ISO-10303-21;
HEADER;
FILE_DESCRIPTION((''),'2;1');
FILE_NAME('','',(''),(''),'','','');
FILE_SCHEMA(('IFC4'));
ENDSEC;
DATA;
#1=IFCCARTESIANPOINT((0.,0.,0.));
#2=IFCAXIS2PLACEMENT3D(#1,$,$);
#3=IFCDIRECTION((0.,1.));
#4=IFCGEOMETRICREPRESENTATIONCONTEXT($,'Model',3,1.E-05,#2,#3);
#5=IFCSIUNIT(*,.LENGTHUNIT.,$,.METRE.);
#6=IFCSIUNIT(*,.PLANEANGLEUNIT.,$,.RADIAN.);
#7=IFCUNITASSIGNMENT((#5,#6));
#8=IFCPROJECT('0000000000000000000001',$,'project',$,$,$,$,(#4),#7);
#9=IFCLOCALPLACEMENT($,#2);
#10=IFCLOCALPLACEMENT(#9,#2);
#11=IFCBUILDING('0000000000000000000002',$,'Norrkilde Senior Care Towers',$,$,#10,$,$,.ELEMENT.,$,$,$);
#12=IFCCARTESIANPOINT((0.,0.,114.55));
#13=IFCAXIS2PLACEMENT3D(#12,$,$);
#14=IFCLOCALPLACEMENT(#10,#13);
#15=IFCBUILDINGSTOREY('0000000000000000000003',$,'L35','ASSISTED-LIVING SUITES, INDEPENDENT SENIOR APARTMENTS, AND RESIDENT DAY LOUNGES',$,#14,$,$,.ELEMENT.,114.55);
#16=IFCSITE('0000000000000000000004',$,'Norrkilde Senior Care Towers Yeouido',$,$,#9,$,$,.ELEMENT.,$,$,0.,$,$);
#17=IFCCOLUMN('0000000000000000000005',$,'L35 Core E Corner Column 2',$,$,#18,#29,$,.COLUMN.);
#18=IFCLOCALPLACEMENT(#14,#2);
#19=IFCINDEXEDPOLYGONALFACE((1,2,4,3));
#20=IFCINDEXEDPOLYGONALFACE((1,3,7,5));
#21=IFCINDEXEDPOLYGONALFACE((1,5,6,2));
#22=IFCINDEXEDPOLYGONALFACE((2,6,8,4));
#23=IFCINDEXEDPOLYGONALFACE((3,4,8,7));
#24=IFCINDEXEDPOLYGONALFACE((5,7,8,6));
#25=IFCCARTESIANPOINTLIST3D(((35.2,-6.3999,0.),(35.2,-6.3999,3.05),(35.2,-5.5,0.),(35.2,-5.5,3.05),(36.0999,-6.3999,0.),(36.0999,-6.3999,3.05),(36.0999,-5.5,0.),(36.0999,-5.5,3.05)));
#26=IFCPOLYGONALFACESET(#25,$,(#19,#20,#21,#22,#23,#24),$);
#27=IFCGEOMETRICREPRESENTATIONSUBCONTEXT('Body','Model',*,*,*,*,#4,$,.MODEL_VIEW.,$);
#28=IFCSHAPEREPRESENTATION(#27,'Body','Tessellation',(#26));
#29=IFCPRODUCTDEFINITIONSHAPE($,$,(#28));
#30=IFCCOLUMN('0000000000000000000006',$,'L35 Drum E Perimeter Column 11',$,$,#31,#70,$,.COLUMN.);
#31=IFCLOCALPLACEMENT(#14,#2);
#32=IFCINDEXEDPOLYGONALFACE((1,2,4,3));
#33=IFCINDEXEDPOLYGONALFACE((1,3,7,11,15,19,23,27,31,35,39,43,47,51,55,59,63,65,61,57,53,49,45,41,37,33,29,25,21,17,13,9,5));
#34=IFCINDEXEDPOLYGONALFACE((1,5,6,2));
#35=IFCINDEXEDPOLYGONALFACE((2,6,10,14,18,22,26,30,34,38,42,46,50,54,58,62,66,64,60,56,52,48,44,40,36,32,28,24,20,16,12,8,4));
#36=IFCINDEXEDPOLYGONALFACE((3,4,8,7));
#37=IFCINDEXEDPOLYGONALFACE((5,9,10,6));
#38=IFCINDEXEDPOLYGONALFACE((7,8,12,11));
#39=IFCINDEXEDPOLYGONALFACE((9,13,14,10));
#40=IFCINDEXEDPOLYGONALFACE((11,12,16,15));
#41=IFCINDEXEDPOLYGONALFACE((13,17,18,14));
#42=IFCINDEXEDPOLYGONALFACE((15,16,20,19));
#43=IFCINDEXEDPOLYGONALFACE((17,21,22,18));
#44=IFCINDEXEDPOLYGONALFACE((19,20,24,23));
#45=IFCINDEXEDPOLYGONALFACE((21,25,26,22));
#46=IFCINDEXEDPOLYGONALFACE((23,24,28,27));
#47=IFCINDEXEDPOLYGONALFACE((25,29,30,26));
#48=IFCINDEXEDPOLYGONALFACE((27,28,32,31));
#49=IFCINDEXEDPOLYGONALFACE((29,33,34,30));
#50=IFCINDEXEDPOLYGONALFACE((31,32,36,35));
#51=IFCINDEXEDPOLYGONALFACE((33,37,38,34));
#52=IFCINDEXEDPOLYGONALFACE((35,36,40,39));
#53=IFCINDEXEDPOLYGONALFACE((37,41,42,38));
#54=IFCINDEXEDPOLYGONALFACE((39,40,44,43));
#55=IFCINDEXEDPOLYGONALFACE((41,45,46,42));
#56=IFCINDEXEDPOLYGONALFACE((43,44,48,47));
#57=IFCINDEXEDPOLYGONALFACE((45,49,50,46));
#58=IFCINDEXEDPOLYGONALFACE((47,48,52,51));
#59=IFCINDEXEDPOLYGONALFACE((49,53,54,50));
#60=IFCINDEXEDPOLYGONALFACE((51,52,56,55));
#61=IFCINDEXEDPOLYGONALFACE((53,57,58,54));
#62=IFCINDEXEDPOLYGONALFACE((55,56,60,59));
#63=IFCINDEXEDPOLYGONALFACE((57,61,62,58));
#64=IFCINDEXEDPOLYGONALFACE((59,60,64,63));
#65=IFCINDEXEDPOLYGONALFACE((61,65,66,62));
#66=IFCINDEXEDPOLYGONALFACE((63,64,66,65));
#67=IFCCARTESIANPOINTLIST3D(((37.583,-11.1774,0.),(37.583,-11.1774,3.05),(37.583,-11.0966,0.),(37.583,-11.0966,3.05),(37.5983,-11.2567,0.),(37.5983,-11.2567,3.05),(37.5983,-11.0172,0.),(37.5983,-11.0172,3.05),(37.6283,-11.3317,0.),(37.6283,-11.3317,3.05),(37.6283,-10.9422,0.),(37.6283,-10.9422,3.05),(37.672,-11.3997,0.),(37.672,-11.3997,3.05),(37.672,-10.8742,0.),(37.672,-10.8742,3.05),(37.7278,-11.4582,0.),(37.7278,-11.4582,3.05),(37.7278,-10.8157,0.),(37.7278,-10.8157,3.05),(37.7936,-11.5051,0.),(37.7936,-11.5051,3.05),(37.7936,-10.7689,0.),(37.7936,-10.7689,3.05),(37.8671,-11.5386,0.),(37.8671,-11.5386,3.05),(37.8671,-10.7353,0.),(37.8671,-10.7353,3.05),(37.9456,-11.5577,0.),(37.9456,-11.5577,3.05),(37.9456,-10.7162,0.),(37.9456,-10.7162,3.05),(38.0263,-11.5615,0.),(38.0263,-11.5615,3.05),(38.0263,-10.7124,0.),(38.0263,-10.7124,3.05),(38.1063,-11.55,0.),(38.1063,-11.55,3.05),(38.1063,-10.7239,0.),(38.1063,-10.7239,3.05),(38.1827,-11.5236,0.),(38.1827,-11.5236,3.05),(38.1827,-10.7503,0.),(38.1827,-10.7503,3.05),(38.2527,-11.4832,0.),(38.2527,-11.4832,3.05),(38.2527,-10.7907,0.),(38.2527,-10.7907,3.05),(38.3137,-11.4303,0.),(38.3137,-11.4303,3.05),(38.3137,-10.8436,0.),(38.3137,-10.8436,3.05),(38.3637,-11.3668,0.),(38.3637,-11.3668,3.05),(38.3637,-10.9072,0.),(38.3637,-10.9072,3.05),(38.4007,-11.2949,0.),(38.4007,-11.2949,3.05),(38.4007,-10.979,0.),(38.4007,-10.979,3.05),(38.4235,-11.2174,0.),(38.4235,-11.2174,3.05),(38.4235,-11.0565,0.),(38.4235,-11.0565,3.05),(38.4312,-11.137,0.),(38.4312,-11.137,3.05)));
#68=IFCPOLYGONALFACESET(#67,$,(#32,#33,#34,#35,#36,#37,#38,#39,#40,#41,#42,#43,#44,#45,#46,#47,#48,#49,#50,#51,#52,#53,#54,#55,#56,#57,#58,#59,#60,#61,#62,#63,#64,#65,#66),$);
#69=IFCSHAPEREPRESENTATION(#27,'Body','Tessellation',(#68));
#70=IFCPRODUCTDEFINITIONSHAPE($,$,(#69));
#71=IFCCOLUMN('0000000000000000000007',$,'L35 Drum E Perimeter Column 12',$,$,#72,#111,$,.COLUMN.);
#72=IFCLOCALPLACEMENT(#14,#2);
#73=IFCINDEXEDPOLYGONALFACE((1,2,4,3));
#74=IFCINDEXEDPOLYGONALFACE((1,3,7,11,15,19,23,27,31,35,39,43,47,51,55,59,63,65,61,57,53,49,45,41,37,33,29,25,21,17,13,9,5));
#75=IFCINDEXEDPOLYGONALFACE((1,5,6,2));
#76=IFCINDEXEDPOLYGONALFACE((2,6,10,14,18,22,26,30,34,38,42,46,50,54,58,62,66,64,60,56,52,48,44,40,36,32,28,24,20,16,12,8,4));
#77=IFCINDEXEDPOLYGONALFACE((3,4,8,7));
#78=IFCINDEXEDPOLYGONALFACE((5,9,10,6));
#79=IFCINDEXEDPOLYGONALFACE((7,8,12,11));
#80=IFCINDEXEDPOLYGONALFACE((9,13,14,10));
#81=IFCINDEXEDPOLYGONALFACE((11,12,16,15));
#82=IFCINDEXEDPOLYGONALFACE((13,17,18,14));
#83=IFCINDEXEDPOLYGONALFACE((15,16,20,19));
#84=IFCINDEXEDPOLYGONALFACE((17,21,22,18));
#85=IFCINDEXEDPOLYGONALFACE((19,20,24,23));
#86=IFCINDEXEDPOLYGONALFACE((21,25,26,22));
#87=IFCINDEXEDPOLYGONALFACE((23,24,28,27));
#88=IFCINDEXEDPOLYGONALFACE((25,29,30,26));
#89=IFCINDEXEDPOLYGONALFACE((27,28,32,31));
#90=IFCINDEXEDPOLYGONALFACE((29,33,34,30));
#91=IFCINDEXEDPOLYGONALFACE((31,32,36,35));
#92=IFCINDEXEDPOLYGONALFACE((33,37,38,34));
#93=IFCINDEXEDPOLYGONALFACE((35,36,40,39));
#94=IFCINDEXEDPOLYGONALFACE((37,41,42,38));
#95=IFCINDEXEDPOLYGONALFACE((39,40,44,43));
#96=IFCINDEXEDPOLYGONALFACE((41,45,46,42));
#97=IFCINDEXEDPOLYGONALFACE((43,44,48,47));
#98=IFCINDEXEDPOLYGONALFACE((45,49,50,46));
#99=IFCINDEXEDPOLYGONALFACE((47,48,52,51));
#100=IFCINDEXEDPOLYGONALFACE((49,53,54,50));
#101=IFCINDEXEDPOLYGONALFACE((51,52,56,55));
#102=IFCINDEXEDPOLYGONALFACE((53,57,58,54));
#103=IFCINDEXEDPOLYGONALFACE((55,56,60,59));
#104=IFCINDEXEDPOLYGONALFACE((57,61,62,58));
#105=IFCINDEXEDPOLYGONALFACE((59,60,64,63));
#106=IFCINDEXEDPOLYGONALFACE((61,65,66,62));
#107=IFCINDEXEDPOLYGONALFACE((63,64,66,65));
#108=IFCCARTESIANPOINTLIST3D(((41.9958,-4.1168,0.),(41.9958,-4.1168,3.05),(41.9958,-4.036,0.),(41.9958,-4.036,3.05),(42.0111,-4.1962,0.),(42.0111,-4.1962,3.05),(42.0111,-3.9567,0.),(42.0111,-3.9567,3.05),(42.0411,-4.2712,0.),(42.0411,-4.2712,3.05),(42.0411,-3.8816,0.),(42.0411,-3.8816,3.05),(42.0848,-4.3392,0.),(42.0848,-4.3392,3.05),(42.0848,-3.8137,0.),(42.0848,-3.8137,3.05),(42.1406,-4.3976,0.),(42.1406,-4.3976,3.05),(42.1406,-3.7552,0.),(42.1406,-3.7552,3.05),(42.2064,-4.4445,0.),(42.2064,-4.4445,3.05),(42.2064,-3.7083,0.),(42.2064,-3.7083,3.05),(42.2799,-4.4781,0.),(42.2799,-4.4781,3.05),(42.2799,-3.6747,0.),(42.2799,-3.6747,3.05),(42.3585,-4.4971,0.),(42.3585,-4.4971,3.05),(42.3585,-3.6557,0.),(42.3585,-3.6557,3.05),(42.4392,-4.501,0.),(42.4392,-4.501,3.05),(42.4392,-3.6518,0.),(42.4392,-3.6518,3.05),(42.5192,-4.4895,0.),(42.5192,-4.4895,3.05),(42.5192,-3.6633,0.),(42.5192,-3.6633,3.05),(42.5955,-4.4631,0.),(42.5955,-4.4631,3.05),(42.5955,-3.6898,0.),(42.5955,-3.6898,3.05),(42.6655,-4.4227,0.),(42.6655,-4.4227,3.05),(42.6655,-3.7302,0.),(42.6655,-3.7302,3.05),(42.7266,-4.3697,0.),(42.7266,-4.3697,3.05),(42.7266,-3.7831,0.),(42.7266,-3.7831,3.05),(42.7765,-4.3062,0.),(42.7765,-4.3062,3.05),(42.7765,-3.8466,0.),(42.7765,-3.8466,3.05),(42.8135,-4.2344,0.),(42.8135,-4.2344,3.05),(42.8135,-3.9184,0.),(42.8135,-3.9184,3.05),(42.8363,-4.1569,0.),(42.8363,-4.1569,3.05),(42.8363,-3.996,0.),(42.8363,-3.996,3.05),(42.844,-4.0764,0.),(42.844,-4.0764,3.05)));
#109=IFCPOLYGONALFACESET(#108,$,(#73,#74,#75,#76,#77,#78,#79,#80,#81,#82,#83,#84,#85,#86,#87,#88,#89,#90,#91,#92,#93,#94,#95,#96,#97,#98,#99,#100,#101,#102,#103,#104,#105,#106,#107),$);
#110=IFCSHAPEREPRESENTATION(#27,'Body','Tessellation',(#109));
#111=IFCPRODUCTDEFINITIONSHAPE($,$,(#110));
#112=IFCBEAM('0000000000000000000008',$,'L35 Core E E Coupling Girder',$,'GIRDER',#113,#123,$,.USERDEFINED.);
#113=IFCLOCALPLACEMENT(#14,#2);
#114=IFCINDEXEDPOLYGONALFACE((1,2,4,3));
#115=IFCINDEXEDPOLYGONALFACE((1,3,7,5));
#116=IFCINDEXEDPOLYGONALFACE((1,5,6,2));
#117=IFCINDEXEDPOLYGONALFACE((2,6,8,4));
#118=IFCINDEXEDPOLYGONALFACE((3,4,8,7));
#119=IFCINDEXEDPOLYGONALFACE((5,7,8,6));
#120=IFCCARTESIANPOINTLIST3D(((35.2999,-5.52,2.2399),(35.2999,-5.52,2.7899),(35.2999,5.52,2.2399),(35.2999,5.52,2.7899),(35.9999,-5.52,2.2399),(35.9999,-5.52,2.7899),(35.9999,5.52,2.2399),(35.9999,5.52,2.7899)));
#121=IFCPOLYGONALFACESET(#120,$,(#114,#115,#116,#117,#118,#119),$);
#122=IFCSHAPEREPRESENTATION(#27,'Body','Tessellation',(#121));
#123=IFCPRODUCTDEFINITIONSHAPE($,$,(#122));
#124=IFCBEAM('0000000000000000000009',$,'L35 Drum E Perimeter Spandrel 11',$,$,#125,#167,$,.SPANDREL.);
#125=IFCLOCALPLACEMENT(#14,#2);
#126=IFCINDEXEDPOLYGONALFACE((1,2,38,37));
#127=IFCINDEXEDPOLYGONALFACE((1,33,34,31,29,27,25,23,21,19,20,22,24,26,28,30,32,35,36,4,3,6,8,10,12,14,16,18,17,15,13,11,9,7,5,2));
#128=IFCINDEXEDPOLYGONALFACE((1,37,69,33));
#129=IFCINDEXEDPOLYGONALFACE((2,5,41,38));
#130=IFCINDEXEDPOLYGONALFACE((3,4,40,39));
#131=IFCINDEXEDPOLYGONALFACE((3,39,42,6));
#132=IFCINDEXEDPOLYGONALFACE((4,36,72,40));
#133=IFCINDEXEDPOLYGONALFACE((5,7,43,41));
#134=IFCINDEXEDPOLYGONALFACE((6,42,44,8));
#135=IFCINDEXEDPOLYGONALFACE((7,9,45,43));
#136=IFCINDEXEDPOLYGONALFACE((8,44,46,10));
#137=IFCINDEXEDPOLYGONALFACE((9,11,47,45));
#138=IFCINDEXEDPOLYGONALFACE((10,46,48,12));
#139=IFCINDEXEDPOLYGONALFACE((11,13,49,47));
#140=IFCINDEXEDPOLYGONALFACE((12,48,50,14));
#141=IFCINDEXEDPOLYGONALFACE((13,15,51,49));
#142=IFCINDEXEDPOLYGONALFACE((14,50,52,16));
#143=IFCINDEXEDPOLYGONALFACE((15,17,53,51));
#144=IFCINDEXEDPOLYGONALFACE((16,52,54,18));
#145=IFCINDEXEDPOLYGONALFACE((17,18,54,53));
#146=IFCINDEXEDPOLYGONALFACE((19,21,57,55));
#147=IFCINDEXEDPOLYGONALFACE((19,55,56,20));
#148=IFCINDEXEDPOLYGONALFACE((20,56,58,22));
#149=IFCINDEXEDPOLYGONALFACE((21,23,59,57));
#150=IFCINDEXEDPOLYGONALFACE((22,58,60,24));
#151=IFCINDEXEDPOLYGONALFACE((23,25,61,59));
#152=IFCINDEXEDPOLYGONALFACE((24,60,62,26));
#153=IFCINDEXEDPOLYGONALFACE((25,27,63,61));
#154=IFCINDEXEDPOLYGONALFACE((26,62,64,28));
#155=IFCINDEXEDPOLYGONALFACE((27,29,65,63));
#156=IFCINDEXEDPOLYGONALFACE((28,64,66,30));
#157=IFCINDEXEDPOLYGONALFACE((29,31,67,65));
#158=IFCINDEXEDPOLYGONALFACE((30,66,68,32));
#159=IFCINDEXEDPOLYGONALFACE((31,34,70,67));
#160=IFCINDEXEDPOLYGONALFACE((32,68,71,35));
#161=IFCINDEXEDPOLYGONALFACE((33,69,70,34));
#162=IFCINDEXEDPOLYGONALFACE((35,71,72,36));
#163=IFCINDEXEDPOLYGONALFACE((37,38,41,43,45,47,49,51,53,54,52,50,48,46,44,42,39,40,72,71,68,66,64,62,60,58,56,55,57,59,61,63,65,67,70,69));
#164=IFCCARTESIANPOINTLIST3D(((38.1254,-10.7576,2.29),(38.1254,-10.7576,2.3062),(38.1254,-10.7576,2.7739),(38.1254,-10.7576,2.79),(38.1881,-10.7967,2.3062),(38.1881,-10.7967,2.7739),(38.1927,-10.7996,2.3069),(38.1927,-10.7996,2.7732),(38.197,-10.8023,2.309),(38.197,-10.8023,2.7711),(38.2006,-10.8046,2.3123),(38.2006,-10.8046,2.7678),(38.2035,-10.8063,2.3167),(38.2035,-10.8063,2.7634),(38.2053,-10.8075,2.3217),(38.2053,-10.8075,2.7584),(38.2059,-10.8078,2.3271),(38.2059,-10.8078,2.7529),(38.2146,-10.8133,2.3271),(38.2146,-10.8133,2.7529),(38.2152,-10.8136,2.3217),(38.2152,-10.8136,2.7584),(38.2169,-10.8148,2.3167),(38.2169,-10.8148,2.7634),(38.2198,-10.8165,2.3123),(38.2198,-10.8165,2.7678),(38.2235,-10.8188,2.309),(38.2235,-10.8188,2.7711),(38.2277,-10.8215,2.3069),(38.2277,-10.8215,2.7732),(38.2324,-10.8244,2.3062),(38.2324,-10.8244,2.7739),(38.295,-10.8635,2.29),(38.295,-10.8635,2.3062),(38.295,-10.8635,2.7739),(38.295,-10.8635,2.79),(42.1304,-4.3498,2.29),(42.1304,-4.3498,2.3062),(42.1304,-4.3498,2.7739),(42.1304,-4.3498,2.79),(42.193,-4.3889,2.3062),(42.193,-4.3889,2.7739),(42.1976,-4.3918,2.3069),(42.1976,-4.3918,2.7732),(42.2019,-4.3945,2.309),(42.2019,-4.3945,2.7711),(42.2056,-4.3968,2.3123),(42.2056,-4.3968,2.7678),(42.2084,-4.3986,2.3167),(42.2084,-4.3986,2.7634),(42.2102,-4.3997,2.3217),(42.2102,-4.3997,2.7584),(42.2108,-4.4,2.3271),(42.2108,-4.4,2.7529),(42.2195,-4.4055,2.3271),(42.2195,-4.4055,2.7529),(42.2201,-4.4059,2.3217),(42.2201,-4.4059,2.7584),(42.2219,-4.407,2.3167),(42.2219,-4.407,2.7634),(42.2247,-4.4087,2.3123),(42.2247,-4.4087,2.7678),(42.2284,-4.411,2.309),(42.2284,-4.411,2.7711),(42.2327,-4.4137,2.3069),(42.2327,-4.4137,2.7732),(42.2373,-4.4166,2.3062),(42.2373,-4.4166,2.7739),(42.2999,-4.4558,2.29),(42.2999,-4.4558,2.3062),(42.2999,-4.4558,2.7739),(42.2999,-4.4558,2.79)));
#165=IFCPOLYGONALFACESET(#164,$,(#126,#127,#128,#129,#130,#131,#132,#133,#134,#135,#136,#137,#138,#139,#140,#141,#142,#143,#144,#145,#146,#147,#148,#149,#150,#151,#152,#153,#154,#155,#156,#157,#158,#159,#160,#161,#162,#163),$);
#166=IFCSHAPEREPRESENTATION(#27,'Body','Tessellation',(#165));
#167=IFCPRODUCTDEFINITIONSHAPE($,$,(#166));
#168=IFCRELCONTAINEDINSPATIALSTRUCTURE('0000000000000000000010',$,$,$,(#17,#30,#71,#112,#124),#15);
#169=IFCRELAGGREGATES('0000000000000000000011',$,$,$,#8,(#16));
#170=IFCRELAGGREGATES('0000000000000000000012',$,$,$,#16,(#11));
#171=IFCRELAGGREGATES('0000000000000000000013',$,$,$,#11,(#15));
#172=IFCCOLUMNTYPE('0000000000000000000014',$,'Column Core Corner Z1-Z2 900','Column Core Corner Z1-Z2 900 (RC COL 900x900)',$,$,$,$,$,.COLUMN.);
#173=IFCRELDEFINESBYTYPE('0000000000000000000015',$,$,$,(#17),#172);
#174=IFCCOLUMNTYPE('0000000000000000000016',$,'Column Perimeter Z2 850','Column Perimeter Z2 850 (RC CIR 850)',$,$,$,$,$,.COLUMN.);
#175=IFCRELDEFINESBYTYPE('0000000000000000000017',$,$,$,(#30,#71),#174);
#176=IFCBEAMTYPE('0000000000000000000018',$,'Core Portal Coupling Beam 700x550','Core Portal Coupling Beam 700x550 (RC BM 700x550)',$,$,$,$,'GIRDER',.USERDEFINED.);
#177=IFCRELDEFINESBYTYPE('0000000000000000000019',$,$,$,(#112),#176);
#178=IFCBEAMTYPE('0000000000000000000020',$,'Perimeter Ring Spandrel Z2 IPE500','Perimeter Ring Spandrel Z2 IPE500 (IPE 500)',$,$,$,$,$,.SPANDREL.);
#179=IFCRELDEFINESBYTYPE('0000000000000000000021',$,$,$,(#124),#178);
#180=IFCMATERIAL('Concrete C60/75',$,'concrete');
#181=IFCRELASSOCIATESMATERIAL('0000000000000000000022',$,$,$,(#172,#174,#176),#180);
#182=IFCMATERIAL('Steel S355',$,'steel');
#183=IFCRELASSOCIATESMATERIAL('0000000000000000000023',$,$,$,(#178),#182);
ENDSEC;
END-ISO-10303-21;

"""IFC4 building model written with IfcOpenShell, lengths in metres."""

from ifc_helpers import new_model, si_unit, direction, frame, origin, origin_2d, place, context, subcontext, project, spatial, rectangle, circle, i_section, extrude, source, transform, mapped, material, material_profile, profile_set, type_object, type_shapes, element, save


model = new_model("IFC4")

# Units and contexts
model_context = context("Model", 3, precision=1e-05, world=origin(), true_north=direction((0.0, 1.0)))
body_context = subcontext(model_context, "Body", "Model", "MODEL_VIEW")
ifc_project = project(units=[si_unit("LENGTHUNIT", "METRE"), si_unit("PLANEANGLEUNIT", "RADIAN")], contexts=[model_context])

# Site, building, storey
site_placement = place(None, origin())
site = spatial("IfcSite", under=ifc_project, at=site_placement, Name="Norrkilde Senior Care Towers Yeouido", CompositionType="ELEMENT", RefElevation=0.0)
building_placement = place(site_placement, origin())
building = spatial("IfcBuilding", under=site, at=building_placement, Name="Norrkilde Senior Care Towers", CompositionType="ELEMENT")
storey_placement = place(building_placement, frame((0.0, 0.0, 114.55)))
storey = spatial("IfcBuildingStorey", under=building, at=storey_placement, Name="L35", Description="ASSISTED-LIVING SUITES, INDEPENDENT SENIOR APARTMENTS, AND RESIDENT DAY LOUNGES", CompositionType="ELEMENT", Elevation=114.55)

# Columns
ifc_material_1 = material(Name="Concrete C60/75", Category="concrete")
ifc_material_profile_1 = material_profile(ifc_material_1, rectangle(XDim=0.8999, YDim=0.8999, at=origin_2d()), Name="RC COL 900x900")
ifc_profile_set_1 = profile_set([ifc_material_profile_1], Name="Concrete C60/75")
column_type_1 = type_object("IfcColumnType", Name="Column Core Corner Z1-Z2 900", Description="Column Core Corner Z1-Z2 900 (RC COL 900x900)", PredefinedType="COLUMN", material=ifc_profile_set_1)
shared_shape_1 = source(origin(), body_context, "Body", "SweptSolid", [
    extrude(rectangle(XDim=0.8999, YDim=0.8999, at=origin_2d()), origin(), (0.0, 0.0, 1.0), 3.05),
])
type_shapes(column_type_1, [shared_shape_1])
column_placement = place(storey_placement, frame((35.6499, -5.95, 0.0), z_axis=(0.0, 0.0, 1.0), x_axis=(1.0, 0.0, 0.0)))
element("IfcColumn", 1, at=column_placement, inside=storey, type_object=column_type_1, Name="L35 Core E Corner Column 2", PredefinedType="COLUMN", context=body_context, shape_type="MappedRepresentation", body=[
    mapped(shared_shape_1, transform((0.0, 0.0, 0.0), x_axis=(1.0, 0.0, 0.0), y_axis=(0.0, 1.0, 0.0), z_axis=(0.0, 0.0, 1.0), scale=1.0)),
])
ifc_material_profile_2 = material_profile(ifc_material_1, circle(Radius=0.425, at=origin_2d()), Name="RC CIR 850")
ifc_profile_set_2 = profile_set([ifc_material_profile_2], Name="Concrete C60/75")
column_type_2 = type_object("IfcColumnType", Name="Column Perimeter Z2 850", Description="Column Perimeter Z2 850 (RC CIR 850)", PredefinedType="COLUMN", material=ifc_profile_set_2)
shared_shape_2 = source(origin(), body_context, "Body", "SweptSolid", [
    extrude(circle(Radius=0.425, at=origin_2d()), origin(), (0.0, 0.0, 1.0), 3.05),
])
type_shapes(column_type_2, [shared_shape_2])
for number, where, z_axis, x_axis, name in (
    (2, (38.0061, -11.137, 0.0), (0.0, 0.0, 1.0), (1.0, 0.0, 0.0), "L35 Drum E Perimeter Column 11"),
    (3, (42.4189, -4.0764, 0.0), (0.0, 0.0, 1.0), (1.0, 0.0, 0.0), "L35 Drum E Perimeter Column 12"),
):
    element("IfcColumn", number, at=place(storey_placement, frame(where, z_axis=z_axis, x_axis=x_axis)), inside=storey, type_object=column_type_2, Name=name, PredefinedType="COLUMN", context=body_context, shape_type="MappedRepresentation", body=[
        mapped(shared_shape_2, transform((0.0, 0.0, 0.0), x_axis=(1.0, 0.0, 0.0), y_axis=(0.0, 1.0, 0.0), z_axis=(0.0, 0.0, 1.0), scale=1.0)),
    ])

# Beams
ifc_material_profile_3 = material_profile(ifc_material_1, rectangle(XDim=0.7, YDim=0.55, at=origin_2d()), Name="RC BM 700x550")
ifc_profile_set_3 = profile_set([ifc_material_profile_3], Name="Concrete C60/75")
beam_type_1 = type_object("IfcBeamType", Name="Core Portal Coupling Beam 700x550", Description="Core Portal Coupling Beam 700x550 (RC BM 700x550)", ElementType="GIRDER", PredefinedType="USERDEFINED", material=ifc_profile_set_3)
shared_shape_3 = source(origin(), body_context, "Body", "SweptSolid", [
    extrude(rectangle(XDim=0.7, YDim=0.55, at=origin_2d()), origin(), (0.0, 0.0, 1.0), 11.04),
])
type_shapes(beam_type_1, [shared_shape_3])
beam_1_placement = place(storey_placement, frame((35.6499, -5.52, 2.5149), z_axis=(0.0, 1.0, 0.0), x_axis=(-1.0, 0.0, 0.0)))
element("IfcBeam", 4, at=beam_1_placement, inside=storey, type_object=beam_type_1, Name="L35 Core E E Coupling Girder", ObjectType="GIRDER", PredefinedType="USERDEFINED", context=body_context, shape_type="MappedRepresentation", body=[
    mapped(shared_shape_3, transform((0.0, 0.0, 0.0), x_axis=(1.0, 0.0, 0.0), y_axis=(0.0, 1.0, 0.0), z_axis=(0.0, 0.0, 1.0), scale=1.0)),
])
ifc_material_2 = material(Name="Steel S355", Category="steel")
ifc_material_profile_4 = material_profile(ifc_material_2, i_section(OverallWidth=0.2, OverallDepth=0.5, WebThickness=0.0103, FlangeThickness=0.0161, FilletRadius=0.021, at=origin_2d()), Name="IPE 500")
ifc_profile_set_4 = profile_set([ifc_material_profile_4], Name="Steel S355")
beam_type_2 = type_object("IfcBeamType", Name="Perimeter Ring Spandrel Z2 IPE500", Description="Perimeter Ring Spandrel Z2 IPE500 (IPE 500)", PredefinedType="SPANDREL", material=ifc_profile_set_4)
shared_shape_4 = source(origin(), body_context, "Body", "SweptSolid", [
    extrude(i_section(OverallWidth=0.2, OverallDepth=0.5, WebThickness=0.0103, FlangeThickness=0.0161, FilletRadius=0.021, at=origin_2d()), origin(), (0.0, 0.0, 1.0), 7.5564),
])
beam_2_placement = place(storey_placement, frame((38.2102, -10.8105, 2.54), z_axis=(0.530005, 0.847995, 0.0), x_axis=(-0.847995, 0.530005, 0.0)))
element("IfcBeam", 5, at=beam_2_placement, inside=storey, type_object=beam_type_2, Name="L35 Drum E Perimeter Spandrel 11", PredefinedType="SPANDREL", context=body_context, shape_type="MappedRepresentation", body=[
    mapped(shared_shape_4, transform((0.0, 0.0, 0.0), x_axis=(1.0, 0.0, 0.0), y_axis=(0.0, 1.0, 0.0), z_axis=(0.0, 0.0, 1.0), scale=1.0)),
])

save(model, "model.ifc")
